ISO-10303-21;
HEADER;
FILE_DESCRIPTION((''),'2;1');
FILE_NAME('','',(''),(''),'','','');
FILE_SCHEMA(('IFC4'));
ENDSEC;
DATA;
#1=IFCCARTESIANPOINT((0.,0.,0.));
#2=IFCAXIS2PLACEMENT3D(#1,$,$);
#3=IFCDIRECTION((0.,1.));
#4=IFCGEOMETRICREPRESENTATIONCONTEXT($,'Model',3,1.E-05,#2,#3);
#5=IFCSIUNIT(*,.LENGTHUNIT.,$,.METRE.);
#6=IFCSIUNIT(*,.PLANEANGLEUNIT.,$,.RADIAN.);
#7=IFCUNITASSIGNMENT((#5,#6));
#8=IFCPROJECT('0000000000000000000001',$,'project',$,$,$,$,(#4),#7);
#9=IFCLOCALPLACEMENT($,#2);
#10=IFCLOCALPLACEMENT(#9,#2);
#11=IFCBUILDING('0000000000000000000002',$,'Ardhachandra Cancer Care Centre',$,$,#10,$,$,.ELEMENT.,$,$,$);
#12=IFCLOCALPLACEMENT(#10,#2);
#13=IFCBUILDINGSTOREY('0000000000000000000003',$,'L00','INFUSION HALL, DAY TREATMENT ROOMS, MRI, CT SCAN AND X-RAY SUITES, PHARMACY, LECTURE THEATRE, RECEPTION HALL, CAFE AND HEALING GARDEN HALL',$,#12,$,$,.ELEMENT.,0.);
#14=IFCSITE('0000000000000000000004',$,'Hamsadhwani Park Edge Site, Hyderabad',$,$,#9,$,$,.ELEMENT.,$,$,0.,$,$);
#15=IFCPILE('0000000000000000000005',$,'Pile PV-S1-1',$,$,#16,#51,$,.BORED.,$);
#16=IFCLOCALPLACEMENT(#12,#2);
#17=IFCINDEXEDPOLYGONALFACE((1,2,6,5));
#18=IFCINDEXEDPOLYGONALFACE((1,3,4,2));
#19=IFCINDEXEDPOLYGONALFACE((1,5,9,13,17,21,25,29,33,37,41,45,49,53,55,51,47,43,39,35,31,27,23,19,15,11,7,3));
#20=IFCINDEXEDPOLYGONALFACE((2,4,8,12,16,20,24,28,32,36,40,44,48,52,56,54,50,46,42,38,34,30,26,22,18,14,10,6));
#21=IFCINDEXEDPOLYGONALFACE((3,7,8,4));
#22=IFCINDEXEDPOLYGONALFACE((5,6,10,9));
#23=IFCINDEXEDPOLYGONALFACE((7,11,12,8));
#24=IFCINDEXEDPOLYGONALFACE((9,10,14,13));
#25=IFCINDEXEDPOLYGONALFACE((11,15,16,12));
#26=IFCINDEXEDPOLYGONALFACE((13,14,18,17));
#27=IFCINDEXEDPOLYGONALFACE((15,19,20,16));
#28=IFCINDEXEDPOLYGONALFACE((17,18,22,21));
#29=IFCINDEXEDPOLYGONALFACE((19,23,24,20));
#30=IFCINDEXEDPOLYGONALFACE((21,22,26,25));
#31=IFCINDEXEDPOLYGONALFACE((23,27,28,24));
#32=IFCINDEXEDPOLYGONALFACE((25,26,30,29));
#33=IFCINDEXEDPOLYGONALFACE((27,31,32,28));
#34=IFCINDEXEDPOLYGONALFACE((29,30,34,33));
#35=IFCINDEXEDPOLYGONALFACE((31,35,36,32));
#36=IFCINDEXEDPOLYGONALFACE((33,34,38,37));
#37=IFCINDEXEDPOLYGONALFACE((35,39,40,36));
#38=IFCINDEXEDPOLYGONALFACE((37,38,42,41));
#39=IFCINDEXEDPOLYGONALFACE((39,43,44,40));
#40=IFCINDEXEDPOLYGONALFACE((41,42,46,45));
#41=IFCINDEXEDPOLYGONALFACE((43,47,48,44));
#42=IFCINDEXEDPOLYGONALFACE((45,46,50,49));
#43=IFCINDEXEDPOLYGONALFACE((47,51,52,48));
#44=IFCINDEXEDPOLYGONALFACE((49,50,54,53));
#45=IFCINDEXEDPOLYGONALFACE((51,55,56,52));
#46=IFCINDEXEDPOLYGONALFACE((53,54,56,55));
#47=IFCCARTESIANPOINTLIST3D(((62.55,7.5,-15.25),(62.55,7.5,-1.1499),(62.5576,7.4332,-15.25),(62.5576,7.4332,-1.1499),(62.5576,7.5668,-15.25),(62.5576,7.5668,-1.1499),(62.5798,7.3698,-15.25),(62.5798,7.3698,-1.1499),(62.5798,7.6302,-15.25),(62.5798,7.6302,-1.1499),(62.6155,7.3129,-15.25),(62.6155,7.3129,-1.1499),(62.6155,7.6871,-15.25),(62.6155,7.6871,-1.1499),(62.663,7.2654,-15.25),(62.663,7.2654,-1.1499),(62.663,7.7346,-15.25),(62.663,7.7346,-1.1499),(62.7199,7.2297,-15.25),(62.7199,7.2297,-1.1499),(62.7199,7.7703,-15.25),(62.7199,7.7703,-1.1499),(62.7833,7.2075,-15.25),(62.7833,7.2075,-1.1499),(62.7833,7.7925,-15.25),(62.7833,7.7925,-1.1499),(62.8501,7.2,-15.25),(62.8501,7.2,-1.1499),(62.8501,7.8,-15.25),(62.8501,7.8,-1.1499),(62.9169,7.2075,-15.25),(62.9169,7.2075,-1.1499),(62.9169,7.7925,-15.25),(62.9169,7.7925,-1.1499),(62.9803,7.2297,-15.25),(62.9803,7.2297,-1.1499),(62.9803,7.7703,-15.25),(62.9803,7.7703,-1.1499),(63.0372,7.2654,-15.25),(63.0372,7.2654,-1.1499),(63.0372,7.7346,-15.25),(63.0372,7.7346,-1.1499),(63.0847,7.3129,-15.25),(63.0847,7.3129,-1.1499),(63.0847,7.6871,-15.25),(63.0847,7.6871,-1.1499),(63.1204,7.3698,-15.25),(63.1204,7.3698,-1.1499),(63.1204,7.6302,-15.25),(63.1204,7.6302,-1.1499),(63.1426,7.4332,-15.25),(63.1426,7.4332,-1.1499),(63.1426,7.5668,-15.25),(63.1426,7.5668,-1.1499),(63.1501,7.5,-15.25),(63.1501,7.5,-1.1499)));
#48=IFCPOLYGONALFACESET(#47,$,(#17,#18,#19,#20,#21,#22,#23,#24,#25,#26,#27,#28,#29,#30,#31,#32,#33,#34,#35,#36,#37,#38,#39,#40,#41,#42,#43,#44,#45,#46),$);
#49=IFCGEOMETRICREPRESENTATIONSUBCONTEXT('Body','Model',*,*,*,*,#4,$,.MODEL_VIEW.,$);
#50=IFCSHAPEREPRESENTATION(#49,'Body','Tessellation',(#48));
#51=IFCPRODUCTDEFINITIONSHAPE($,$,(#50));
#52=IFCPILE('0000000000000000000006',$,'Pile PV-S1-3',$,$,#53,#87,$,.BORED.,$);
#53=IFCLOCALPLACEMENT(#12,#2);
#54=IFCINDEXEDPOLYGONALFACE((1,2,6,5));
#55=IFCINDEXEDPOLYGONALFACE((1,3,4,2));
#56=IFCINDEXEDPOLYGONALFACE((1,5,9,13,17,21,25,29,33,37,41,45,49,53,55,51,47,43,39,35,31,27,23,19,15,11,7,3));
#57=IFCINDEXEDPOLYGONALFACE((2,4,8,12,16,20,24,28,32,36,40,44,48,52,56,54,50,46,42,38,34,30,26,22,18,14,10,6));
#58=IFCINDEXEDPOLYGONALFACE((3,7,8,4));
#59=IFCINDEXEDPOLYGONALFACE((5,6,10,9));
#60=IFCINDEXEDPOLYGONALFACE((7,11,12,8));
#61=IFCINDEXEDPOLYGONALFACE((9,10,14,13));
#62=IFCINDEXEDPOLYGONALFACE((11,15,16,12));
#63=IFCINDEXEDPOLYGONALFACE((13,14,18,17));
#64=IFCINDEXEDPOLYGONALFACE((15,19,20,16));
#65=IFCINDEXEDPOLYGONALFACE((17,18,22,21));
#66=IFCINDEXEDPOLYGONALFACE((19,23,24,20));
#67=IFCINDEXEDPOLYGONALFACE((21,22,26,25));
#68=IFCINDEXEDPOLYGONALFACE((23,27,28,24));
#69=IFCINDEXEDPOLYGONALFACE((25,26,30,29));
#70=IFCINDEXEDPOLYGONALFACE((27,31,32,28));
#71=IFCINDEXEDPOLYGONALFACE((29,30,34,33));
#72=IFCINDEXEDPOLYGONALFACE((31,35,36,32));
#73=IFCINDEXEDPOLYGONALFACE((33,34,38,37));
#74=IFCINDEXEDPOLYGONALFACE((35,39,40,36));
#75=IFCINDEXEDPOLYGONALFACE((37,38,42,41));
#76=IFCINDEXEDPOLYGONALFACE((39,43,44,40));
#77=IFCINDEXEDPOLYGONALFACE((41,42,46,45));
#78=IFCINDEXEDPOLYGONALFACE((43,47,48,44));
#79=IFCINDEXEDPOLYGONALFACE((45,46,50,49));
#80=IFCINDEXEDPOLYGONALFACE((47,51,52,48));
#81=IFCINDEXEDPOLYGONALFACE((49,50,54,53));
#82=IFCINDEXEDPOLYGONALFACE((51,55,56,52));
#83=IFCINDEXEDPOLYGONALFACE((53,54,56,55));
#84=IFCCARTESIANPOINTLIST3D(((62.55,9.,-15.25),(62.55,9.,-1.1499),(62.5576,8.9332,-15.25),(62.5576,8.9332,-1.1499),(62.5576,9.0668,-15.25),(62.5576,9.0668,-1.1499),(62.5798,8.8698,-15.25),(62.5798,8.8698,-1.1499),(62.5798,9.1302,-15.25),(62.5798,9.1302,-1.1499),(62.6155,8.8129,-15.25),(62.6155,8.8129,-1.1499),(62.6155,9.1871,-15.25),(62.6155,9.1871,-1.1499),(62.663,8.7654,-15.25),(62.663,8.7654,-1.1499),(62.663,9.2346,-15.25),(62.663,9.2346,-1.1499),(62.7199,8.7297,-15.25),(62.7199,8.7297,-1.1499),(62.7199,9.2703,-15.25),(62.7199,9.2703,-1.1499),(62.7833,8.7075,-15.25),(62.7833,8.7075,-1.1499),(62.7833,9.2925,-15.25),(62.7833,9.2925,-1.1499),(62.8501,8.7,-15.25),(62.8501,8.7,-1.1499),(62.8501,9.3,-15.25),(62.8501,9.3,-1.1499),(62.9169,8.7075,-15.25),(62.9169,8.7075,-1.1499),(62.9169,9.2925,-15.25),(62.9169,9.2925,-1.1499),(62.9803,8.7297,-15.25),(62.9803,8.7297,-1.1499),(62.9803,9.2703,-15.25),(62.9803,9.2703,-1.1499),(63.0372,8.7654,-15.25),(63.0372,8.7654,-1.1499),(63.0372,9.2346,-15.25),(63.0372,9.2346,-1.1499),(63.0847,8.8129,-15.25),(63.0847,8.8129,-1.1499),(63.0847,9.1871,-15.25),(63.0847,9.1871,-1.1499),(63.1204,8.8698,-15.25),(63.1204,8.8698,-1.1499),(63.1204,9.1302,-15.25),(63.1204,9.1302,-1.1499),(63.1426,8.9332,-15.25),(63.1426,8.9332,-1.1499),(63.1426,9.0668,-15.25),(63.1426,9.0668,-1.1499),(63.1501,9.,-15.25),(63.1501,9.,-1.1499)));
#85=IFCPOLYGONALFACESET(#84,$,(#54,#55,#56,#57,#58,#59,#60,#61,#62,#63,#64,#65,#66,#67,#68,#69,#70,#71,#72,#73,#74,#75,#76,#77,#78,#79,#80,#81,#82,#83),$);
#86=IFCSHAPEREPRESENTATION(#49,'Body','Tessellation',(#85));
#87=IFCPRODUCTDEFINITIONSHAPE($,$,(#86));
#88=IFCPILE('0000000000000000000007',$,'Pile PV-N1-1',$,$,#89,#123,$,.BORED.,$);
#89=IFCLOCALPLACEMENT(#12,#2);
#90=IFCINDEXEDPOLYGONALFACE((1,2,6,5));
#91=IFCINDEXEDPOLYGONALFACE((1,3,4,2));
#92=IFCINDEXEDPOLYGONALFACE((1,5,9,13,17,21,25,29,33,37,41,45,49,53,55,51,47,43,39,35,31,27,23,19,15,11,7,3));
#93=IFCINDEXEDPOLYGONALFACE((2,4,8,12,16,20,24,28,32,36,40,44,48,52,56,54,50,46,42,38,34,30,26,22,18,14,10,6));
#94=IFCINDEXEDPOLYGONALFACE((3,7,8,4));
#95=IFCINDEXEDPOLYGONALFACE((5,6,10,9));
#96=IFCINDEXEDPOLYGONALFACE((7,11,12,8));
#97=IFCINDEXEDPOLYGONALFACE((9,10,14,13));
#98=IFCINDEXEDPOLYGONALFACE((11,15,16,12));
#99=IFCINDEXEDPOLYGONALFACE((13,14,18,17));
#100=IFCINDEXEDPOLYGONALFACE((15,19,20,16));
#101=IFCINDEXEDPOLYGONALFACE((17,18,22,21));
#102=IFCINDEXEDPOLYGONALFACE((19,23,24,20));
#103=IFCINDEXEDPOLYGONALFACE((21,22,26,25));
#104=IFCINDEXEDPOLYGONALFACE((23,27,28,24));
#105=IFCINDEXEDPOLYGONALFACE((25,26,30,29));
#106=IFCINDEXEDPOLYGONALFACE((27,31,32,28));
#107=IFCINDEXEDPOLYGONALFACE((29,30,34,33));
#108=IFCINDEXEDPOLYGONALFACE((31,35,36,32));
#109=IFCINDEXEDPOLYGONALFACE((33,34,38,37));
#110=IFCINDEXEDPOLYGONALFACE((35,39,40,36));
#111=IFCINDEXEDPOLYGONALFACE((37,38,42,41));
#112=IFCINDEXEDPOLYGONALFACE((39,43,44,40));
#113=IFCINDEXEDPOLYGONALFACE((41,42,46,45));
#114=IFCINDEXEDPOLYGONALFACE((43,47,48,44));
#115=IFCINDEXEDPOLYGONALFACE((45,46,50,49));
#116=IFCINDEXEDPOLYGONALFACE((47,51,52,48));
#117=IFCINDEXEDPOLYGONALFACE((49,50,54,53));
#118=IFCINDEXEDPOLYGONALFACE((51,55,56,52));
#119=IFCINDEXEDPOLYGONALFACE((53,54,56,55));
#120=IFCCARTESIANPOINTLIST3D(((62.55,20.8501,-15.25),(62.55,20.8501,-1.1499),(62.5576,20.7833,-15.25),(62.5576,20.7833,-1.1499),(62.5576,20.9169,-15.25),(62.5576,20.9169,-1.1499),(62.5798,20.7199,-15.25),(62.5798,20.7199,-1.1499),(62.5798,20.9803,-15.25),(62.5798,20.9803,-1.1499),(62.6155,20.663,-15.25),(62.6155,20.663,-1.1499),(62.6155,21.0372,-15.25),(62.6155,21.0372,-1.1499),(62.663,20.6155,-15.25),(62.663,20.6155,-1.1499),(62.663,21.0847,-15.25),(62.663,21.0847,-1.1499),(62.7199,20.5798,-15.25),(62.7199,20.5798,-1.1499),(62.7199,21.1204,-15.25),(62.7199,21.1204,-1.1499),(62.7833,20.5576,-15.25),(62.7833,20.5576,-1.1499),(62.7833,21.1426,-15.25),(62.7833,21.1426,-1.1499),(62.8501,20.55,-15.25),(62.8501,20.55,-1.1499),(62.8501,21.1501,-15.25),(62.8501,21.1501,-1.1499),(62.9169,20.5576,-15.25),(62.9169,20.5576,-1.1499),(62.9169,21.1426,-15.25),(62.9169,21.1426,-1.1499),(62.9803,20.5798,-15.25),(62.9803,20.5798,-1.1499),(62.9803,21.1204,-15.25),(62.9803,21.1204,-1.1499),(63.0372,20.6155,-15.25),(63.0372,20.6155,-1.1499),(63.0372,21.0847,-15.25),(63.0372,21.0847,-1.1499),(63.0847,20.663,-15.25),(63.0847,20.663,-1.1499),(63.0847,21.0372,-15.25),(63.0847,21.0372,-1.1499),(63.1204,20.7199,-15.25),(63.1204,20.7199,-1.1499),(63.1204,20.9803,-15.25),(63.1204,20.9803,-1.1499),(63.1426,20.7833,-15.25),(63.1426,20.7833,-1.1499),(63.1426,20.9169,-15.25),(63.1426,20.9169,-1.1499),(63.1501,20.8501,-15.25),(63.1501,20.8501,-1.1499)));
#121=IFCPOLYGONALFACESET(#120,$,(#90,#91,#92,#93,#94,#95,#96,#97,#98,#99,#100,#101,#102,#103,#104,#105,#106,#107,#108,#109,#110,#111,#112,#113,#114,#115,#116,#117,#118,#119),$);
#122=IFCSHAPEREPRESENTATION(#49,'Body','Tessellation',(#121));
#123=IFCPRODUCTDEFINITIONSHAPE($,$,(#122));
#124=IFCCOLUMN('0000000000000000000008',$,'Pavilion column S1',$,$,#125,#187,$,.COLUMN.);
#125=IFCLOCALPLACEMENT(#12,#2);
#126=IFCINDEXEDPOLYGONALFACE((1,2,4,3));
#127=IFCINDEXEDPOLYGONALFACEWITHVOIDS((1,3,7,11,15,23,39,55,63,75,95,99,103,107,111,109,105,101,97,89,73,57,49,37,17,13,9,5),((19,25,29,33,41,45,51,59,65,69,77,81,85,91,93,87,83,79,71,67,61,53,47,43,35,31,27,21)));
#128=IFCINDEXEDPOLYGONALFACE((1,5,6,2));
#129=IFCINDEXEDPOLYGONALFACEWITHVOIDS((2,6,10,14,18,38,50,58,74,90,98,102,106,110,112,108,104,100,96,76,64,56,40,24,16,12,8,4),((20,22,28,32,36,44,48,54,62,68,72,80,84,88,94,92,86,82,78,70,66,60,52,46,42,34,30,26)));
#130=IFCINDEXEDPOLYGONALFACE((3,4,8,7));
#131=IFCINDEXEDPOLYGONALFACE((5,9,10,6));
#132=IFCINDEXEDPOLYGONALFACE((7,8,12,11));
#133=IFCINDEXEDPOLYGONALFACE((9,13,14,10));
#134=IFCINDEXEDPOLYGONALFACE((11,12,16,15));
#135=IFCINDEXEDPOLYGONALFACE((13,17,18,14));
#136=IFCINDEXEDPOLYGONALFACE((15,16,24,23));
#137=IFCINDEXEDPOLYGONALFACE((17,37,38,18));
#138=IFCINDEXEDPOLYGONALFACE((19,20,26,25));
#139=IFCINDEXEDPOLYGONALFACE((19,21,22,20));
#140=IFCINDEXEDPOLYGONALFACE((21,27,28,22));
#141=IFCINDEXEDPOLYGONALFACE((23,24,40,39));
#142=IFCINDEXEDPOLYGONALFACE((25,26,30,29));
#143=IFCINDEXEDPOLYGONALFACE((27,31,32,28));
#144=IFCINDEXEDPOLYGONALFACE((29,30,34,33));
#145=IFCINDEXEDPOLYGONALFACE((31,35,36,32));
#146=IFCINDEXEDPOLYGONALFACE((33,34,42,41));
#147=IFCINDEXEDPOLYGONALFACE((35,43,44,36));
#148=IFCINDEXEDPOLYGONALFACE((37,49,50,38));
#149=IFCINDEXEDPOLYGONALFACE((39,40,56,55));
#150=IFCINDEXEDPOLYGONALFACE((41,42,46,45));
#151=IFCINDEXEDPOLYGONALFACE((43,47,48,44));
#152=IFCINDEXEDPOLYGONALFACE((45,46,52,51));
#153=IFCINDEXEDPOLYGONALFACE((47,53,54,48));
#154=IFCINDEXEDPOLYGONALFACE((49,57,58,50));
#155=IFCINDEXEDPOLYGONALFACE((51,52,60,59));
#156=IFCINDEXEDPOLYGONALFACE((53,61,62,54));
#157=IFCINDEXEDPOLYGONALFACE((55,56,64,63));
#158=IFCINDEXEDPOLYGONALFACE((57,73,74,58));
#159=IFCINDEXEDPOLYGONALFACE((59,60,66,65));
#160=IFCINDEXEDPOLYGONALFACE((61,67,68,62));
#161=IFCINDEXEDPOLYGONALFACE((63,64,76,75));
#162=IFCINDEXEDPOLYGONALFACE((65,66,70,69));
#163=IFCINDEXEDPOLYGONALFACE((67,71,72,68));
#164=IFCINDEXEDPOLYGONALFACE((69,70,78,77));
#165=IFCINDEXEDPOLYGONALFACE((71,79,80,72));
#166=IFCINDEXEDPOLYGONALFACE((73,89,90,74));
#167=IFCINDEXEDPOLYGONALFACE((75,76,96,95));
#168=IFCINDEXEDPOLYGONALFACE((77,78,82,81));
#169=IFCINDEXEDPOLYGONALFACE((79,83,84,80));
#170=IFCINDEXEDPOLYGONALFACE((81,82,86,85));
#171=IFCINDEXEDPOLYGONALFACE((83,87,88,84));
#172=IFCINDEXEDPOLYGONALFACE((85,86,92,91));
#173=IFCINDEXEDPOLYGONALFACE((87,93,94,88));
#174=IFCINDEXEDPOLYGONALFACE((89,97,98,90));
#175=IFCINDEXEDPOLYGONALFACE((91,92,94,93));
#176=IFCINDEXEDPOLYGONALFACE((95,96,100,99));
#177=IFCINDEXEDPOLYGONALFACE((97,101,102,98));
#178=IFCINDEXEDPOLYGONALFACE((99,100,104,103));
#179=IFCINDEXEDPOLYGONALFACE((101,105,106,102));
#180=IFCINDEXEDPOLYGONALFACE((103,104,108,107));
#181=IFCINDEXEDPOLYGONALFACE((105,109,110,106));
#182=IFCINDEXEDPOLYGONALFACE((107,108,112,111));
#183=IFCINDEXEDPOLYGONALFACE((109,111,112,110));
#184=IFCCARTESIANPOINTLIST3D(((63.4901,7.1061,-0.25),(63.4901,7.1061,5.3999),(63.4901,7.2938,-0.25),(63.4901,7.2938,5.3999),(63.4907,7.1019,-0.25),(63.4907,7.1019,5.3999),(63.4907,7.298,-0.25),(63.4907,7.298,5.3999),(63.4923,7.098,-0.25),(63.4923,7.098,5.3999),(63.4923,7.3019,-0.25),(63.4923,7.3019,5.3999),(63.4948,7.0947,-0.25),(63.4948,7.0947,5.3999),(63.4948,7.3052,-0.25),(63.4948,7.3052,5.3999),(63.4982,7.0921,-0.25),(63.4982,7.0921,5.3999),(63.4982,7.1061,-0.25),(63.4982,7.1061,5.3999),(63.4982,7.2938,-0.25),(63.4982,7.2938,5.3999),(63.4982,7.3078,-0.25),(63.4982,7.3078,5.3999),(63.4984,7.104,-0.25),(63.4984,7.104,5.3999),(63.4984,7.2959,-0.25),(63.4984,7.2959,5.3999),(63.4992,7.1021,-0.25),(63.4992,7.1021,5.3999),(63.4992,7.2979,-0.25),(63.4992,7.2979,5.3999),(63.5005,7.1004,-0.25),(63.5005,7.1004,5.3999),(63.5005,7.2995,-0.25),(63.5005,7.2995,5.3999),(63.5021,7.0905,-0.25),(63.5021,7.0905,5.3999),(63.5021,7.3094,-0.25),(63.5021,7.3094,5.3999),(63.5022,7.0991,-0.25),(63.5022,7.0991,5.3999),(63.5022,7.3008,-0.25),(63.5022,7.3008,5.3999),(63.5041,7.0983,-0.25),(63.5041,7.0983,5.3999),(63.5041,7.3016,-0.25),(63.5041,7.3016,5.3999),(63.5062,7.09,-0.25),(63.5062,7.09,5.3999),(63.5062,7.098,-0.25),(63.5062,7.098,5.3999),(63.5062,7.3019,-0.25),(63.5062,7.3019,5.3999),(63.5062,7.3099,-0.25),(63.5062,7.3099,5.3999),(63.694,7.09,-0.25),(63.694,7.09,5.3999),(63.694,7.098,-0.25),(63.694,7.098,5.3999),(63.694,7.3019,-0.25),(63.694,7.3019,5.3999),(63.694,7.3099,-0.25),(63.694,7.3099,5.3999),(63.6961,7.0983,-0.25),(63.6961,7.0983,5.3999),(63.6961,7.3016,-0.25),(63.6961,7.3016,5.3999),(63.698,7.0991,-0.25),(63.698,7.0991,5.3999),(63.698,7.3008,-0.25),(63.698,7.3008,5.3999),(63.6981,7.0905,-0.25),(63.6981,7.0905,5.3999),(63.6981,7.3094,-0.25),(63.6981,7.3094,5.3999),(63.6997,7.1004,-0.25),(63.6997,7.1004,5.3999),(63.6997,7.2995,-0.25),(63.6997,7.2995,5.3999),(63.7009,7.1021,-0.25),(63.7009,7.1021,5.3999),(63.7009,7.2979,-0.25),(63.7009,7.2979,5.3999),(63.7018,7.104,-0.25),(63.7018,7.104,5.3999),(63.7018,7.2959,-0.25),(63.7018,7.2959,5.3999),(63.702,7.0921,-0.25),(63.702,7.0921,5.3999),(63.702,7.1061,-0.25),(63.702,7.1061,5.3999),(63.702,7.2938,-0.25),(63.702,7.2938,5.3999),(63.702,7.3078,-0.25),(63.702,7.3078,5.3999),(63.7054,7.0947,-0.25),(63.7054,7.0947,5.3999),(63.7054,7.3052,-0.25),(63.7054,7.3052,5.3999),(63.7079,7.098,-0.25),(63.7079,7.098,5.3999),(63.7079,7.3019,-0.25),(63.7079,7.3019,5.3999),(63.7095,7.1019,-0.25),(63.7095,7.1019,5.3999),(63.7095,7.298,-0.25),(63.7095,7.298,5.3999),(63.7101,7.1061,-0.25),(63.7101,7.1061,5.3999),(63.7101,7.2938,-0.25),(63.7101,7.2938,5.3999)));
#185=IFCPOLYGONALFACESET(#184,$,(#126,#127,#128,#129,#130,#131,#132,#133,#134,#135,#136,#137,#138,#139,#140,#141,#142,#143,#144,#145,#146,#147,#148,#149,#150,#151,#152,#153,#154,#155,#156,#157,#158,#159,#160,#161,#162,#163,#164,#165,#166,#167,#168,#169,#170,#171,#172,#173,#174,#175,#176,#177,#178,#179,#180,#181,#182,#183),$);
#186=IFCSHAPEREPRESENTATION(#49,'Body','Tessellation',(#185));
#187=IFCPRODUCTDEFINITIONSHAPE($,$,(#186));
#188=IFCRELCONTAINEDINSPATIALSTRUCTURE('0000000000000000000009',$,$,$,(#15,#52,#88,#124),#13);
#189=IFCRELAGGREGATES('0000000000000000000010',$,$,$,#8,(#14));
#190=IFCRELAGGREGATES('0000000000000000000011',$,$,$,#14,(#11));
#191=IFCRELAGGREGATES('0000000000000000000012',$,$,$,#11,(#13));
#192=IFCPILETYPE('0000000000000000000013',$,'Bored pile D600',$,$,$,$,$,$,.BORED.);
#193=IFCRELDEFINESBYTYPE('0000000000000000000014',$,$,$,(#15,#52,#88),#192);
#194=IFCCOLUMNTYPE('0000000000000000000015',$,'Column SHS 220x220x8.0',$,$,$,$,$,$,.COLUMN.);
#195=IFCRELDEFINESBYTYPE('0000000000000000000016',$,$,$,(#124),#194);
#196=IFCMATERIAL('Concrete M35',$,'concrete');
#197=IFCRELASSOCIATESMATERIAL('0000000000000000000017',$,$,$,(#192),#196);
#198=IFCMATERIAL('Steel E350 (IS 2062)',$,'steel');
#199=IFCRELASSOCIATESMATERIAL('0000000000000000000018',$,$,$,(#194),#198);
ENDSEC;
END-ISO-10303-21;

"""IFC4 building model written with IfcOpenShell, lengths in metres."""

from ifc_helpers import new_model, si_unit, direction, frame, origin, origin_2d, place, context, subcontext, project, spatial, hollow_rectangle, circle, extrude, material, material_profile, profile_set, type_object, element, save


model = new_model("IFC4")

# Units and contexts
model_context = context("Model", 3, precision=1e-05, world=origin(), true_north=direction((0.0, 1.0)))
body_context = subcontext(model_context, "Body", "Model", "MODEL_VIEW")
ifc_project = project(units=[si_unit("LENGTHUNIT", "METRE"), si_unit("PLANEANGLEUNIT", "RADIAN")], contexts=[model_context])

# Site, building, storey
site_placement = place(None, origin())
site = spatial("IfcSite", under=ifc_project, at=site_placement, Name="Hamsadhwani Park Edge Site, Hyderabad", CompositionType="ELEMENT", RefElevation=0.0)
building_placement = place(site_placement, origin())
building = spatial("IfcBuilding", under=site, at=building_placement, Name="Ardhachandra Cancer Care Centre", CompositionType="ELEMENT")
storey_placement = place(building_placement, origin())
storey = spatial("IfcBuildingStorey", under=building, at=storey_placement, Name="L00", Description="INFUSION HALL, DAY TREATMENT ROOMS, MRI, CT SCAN AND X-RAY SUITES, PHARMACY, LECTURE THEATRE, RECEPTION HALL, CAFE AND HEALING GARDEN HALL", CompositionType="ELEMENT", Elevation=0.0)

# Piles
ifc_material_1 = material(Name="Concrete M35", Category="concrete")
ifc_material_profile_1 = material_profile(ifc_material_1, circle(Radius=0.3, at=origin_2d()), Name="D600")
ifc_profile_set_1 = profile_set([ifc_material_profile_1], Name="Concrete M35")
pile_type = type_object("IfcPileType", Name="Bored pile D600", PredefinedType="BORED", material=ifc_profile_set_1)
for number, where, z_axis, x_axis, name in (
    (1, (62.8501, 7.5, -1.1499), (0.0, 0.0, -1.0), (1.0, 0.0, 0.0), "Pile PV-S1-1"),
    (2, (62.8501, 9.0, -1.1499), (0.0, 0.0, -1.0), (1.0, 0.0, 0.0), "Pile PV-S1-3"),
    (3, (62.8501, 20.8501, -1.1499), (0.0, 0.0, -1.0), (1.0, 0.0, 0.0), "Pile PV-N1-1"),
):
    element("IfcPile", number, at=place(storey_placement, frame(where, z_axis=z_axis, x_axis=x_axis)), inside=storey, type_object=pile_type, Name=name, PredefinedType="BORED", context=body_context, shape_type="SweptSolid", body=[
        extrude(circle(Radius=0.3, at=origin_2d()), origin(), (0.0, 0.0, 1.0), 14.1001),
    ])

# Column
ifc_material_2 = material(Name="Steel E350 (IS 2062)", Category="steel")
ifc_material_profile_2 = material_profile(ifc_material_2, hollow_rectangle(XDim=0.22, YDim=0.22, WallThickness=0.0081, InnerFilletRadius=0.0081, OuterFilletRadius=0.0161, at=origin_2d()), Name="SHS 220x220x8.0")
ifc_profile_set_2 = profile_set([ifc_material_profile_2], Name="Steel E350 (IS 2062)")
column_type = type_object("IfcColumnType", Name="Column SHS 220x220x8.0", PredefinedType="COLUMN", material=ifc_profile_set_2)
column_placement = place(storey_placement, frame((63.6001, 7.2, -0.25), z_axis=(0.0, 0.0, 1.0), x_axis=(1.0, 0.0, 0.0)))
element("IfcColumn", 4, at=column_placement, inside=storey, type_object=column_type, Name="Pavilion column S1", PredefinedType="COLUMN", context=body_context, shape_type="SweptSolid", body=[
    extrude(hollow_rectangle(XDim=0.22, YDim=0.22, WallThickness=0.0081, InnerFilletRadius=0.0081, OuterFilletRadius=0.0161, at=origin_2d()), origin(), (0.0, 0.0, 1.0), 5.6499),
])

save(model, "model.ifc")
